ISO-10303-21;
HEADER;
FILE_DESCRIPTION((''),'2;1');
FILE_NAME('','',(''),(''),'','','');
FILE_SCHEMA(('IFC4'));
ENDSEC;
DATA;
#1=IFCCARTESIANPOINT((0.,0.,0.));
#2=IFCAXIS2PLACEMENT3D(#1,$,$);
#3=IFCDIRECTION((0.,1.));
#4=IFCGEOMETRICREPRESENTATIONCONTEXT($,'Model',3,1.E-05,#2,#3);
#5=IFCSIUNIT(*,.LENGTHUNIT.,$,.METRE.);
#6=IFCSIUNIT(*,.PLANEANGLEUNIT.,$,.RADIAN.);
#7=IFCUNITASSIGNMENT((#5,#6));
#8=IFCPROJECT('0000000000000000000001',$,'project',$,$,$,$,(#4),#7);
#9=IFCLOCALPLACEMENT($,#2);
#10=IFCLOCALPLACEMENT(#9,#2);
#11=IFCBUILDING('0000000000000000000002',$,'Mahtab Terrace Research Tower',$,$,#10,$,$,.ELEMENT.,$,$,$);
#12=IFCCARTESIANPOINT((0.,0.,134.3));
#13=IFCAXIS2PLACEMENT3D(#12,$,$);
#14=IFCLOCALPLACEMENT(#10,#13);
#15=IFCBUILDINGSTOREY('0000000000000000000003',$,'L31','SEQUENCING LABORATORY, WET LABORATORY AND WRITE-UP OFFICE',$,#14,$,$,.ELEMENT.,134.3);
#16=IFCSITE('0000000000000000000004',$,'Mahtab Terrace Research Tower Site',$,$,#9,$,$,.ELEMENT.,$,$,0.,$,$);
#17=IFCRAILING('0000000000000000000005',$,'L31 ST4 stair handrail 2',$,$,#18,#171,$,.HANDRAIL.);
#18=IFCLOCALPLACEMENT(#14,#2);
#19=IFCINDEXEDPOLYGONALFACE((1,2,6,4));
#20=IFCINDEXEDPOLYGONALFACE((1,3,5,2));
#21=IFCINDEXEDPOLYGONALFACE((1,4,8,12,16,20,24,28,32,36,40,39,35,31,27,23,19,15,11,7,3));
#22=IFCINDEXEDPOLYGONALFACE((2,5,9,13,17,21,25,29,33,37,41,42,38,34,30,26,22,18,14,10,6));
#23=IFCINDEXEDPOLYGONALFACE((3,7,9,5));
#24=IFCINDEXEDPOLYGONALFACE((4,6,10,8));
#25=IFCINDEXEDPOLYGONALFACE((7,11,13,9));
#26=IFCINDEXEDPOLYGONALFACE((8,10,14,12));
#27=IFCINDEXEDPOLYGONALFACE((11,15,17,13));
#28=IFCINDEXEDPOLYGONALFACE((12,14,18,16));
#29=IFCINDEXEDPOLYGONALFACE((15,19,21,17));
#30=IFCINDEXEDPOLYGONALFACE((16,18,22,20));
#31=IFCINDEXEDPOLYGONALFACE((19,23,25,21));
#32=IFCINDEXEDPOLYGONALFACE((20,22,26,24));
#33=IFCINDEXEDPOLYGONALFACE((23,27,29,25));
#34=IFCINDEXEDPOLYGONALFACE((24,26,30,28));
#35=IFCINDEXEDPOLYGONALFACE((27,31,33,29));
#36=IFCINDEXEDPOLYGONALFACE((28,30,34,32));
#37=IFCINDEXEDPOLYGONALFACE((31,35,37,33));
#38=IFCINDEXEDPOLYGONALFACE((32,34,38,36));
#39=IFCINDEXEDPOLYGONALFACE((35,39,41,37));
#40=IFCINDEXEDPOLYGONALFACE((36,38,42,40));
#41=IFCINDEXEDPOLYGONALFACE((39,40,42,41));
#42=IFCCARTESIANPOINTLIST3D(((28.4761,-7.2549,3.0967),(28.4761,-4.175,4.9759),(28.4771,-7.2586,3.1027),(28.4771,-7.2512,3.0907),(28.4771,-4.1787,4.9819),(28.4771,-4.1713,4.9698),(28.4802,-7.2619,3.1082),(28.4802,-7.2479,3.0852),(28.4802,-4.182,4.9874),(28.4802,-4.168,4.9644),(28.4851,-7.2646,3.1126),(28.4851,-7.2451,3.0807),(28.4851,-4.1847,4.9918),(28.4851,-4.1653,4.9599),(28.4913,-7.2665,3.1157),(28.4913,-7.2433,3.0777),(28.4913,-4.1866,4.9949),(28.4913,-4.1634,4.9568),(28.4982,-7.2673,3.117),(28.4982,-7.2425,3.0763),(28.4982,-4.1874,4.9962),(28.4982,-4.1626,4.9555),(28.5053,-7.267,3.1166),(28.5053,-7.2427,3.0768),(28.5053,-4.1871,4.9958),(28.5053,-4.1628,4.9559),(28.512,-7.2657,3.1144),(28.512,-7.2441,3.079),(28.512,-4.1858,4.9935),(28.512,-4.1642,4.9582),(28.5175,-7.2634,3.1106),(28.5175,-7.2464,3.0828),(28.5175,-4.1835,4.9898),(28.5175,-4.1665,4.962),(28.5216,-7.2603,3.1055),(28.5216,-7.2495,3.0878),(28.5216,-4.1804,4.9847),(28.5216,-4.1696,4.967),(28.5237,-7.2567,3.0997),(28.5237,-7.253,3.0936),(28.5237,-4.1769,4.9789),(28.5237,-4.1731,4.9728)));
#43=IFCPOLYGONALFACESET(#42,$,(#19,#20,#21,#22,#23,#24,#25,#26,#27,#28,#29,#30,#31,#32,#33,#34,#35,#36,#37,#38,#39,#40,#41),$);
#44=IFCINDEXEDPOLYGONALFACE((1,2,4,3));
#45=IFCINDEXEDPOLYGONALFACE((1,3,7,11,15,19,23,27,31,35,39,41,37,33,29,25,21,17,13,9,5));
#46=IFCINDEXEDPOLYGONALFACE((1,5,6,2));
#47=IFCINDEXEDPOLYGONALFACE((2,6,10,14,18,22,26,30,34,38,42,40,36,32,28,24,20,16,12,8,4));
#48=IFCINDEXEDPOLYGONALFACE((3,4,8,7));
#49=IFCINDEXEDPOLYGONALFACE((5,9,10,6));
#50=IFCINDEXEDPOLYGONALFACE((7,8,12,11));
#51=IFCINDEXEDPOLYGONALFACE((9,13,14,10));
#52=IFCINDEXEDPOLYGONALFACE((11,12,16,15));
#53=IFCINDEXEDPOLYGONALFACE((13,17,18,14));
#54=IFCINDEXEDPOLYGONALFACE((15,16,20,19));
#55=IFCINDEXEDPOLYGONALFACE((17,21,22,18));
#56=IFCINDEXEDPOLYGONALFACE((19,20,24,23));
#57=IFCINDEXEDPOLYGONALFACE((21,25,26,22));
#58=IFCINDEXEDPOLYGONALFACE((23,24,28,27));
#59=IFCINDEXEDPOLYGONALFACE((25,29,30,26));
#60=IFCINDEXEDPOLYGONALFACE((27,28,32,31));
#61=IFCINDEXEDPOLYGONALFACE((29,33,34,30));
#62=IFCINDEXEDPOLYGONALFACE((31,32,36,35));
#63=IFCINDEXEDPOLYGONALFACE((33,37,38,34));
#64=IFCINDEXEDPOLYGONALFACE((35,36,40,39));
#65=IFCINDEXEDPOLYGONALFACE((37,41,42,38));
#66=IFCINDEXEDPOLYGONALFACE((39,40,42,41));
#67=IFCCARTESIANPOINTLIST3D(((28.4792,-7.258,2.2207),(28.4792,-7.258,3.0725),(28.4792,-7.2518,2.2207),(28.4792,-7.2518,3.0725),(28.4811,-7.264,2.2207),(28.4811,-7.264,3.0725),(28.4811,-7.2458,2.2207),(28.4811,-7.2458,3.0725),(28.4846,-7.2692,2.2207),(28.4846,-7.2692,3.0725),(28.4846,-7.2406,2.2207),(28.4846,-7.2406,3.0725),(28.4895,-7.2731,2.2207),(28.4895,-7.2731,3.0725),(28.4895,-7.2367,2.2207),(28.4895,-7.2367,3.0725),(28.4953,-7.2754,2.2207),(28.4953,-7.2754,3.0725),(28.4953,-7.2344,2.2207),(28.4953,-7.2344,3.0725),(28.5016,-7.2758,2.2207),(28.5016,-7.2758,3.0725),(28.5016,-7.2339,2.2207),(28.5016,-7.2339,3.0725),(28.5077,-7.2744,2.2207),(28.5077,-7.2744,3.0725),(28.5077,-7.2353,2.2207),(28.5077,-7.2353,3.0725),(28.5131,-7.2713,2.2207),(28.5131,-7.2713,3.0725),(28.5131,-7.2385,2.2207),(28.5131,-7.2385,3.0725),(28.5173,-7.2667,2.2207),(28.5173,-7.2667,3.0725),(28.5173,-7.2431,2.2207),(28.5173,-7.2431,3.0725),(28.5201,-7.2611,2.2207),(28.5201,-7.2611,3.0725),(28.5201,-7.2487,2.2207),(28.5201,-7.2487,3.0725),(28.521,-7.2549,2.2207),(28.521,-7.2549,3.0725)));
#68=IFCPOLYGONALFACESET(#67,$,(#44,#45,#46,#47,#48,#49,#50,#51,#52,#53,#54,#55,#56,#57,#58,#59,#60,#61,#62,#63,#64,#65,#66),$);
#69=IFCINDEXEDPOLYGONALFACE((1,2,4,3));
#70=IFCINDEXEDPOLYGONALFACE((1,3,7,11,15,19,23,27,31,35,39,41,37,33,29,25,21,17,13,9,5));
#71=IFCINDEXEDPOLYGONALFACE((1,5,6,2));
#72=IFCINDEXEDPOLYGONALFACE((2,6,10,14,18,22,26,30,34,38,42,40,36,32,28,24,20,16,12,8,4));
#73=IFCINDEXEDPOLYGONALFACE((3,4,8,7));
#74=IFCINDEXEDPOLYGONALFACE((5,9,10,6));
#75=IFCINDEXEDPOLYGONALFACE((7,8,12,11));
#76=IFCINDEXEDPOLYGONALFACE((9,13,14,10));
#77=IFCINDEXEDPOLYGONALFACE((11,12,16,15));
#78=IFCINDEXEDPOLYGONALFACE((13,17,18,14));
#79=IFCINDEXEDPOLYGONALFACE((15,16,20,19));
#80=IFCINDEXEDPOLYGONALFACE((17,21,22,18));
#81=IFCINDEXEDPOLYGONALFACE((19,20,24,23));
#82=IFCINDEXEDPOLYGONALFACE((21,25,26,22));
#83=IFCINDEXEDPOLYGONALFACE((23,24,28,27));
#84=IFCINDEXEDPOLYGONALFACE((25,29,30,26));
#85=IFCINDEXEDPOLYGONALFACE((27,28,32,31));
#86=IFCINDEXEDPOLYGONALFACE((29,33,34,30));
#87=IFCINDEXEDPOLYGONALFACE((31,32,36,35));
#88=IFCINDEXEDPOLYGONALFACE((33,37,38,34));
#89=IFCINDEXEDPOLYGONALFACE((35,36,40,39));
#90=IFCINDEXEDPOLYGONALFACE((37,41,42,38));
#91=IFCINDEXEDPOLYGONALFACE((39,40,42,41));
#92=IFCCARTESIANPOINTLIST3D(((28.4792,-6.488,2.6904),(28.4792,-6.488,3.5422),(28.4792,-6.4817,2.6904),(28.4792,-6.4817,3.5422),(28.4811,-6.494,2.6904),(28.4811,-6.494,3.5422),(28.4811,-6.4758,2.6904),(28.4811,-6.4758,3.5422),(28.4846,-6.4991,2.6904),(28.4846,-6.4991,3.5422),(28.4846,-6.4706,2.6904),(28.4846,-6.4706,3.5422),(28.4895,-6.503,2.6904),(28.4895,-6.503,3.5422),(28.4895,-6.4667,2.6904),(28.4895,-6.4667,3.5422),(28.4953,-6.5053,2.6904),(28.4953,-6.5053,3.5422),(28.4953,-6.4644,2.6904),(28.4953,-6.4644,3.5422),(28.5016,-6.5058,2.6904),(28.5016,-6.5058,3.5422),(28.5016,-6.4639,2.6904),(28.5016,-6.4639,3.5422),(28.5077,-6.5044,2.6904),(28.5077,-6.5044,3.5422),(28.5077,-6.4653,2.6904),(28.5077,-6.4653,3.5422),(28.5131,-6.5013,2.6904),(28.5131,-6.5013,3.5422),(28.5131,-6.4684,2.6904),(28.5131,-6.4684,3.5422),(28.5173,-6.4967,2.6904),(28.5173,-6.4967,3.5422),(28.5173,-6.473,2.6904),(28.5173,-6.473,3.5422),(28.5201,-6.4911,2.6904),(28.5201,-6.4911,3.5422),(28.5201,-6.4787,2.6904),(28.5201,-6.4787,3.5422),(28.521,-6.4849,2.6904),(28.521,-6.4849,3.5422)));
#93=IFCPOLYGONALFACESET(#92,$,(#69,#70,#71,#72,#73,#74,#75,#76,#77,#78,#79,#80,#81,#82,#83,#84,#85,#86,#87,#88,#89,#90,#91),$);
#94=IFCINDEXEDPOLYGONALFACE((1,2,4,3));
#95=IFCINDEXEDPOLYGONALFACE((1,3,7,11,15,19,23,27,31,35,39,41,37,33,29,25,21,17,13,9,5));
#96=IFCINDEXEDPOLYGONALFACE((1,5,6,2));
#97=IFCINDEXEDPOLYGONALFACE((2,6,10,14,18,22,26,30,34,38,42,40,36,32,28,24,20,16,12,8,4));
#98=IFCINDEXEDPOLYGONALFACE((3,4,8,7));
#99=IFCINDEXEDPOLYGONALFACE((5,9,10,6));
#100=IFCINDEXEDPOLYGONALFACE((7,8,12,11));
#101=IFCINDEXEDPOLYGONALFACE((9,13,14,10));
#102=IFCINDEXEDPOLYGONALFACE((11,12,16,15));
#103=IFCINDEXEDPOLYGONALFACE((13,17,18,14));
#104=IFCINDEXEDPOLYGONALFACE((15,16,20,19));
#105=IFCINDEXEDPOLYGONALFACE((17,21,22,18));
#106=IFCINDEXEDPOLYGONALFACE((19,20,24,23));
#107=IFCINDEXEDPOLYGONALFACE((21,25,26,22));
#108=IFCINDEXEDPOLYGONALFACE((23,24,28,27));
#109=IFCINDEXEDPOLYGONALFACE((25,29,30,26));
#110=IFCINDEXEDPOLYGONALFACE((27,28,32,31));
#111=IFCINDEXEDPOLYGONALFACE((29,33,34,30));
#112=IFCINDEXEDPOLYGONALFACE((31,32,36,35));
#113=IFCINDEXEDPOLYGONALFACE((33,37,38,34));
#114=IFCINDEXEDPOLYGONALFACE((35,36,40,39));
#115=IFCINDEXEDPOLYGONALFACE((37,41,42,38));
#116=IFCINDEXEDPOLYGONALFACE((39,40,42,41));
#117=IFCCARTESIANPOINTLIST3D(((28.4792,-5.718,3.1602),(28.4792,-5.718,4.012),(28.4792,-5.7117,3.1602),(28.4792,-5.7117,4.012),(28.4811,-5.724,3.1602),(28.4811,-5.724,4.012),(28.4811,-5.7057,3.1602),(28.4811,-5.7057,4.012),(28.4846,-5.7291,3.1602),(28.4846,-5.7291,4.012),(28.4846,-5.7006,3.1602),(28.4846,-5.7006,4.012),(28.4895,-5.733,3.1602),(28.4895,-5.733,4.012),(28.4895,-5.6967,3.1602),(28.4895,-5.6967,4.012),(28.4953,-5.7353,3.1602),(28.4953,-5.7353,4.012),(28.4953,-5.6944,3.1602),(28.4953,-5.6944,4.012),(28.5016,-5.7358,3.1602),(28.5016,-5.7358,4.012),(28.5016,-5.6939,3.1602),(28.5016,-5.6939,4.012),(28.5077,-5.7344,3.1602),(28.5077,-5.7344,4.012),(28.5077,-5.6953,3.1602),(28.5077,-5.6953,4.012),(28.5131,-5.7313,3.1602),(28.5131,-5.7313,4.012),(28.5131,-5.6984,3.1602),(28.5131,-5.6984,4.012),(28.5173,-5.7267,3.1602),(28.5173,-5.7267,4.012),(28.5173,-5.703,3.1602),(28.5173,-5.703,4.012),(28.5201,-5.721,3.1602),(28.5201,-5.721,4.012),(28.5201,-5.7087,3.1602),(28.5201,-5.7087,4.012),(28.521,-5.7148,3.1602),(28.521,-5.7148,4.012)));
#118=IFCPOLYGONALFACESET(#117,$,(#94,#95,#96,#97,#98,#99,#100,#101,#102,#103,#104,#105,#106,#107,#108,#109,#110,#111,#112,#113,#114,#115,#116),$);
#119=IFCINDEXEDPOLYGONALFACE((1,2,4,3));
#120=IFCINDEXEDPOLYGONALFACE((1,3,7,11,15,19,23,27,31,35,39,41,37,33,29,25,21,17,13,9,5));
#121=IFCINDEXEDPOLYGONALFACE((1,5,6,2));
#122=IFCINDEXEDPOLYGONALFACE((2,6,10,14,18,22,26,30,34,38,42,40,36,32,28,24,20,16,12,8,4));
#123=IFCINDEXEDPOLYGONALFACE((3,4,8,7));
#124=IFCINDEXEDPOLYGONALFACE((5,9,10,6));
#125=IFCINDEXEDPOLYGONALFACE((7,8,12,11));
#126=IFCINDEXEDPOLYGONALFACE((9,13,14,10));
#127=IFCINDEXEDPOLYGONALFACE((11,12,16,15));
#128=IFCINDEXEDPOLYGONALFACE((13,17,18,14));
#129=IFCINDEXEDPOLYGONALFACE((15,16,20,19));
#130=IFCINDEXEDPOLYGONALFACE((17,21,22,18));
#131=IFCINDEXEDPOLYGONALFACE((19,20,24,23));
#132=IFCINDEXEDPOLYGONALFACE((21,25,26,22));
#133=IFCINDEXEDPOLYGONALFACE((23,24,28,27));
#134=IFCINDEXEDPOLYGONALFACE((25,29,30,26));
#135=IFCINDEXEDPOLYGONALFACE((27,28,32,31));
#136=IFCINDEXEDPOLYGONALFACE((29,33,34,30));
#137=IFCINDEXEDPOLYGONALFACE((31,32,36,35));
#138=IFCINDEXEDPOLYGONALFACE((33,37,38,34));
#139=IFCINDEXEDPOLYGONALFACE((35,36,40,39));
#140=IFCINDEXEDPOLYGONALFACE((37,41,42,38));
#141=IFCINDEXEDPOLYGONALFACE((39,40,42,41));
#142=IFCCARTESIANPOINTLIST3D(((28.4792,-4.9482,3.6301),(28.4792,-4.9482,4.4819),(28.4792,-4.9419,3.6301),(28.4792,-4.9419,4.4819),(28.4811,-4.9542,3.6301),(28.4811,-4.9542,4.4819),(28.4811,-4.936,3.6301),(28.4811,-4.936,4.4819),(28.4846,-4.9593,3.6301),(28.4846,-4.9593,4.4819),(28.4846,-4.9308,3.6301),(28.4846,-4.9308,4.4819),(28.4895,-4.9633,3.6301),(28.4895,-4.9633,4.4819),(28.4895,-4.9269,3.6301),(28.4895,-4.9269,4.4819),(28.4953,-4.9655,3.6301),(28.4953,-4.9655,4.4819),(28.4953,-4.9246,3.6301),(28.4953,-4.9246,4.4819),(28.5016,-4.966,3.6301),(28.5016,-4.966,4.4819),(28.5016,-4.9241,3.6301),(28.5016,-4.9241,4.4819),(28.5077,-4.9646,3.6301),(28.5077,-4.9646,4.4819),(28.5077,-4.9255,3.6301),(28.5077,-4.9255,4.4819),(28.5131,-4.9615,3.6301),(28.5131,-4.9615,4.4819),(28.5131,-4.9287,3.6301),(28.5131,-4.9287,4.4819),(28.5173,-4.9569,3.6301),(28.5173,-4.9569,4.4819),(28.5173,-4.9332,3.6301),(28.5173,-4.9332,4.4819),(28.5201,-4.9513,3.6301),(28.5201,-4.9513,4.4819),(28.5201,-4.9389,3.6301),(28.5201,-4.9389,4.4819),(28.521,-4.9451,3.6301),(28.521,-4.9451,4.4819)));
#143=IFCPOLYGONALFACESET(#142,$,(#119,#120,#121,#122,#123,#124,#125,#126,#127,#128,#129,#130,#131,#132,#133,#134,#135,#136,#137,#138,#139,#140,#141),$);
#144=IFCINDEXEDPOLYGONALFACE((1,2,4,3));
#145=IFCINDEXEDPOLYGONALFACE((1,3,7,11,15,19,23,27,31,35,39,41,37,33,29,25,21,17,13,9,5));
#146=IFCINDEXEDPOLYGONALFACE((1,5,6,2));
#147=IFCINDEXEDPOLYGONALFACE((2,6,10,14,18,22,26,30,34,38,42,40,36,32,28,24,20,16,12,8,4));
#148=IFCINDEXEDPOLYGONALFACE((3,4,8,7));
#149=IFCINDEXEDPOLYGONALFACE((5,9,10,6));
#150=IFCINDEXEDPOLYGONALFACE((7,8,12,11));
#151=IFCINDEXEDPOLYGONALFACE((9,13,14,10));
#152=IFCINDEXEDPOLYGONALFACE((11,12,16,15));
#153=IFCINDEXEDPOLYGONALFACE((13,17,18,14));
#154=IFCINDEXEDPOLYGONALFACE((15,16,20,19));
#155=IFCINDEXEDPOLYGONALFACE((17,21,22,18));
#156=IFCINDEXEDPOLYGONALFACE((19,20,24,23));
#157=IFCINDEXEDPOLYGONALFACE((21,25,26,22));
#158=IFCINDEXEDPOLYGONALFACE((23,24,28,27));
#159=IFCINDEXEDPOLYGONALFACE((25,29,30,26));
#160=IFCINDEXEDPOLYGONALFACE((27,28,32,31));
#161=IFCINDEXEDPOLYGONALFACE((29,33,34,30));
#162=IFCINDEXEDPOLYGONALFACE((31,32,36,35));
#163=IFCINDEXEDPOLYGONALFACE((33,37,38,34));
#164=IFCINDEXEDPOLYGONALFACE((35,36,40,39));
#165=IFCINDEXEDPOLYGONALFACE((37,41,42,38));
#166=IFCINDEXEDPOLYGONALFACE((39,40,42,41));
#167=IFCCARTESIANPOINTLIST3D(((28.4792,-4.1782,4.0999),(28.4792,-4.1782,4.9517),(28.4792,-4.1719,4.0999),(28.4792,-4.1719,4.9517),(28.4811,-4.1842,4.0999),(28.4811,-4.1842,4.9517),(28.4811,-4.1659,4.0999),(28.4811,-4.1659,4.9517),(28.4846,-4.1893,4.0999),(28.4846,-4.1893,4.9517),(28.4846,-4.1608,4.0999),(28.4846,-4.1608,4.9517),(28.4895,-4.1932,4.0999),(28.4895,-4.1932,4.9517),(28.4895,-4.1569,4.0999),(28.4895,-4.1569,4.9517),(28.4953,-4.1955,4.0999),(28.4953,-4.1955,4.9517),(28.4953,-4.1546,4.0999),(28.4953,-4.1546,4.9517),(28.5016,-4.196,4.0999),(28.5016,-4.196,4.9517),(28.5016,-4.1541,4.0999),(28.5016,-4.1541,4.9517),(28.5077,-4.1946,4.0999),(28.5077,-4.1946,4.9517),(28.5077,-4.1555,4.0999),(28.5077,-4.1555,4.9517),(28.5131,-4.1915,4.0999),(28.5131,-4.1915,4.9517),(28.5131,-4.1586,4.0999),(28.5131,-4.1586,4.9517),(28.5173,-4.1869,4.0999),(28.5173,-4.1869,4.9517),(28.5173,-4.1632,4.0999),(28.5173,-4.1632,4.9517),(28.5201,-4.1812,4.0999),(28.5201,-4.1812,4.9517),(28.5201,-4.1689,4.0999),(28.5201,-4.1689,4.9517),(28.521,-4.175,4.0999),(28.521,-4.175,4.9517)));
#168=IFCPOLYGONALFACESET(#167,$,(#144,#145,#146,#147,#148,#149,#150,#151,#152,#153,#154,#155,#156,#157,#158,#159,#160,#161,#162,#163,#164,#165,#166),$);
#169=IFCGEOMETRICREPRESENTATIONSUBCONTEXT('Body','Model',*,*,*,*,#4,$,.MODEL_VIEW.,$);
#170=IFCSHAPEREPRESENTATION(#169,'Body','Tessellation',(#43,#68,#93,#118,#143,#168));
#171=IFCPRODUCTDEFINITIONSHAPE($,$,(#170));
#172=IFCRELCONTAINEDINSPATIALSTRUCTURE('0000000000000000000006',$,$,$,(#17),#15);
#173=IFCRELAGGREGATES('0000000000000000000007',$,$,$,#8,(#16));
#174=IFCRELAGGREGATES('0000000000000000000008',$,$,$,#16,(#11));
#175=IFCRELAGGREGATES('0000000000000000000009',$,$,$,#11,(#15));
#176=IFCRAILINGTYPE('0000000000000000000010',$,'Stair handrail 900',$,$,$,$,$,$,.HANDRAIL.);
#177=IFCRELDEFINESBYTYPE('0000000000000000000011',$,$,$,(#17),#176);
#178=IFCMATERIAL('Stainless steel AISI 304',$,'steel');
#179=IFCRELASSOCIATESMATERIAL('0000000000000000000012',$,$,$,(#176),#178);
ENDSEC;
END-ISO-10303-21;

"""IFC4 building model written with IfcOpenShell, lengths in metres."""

from ifc_helpers import new_model, si_unit, direction, frame, origin, origin_2d, place, context, subcontext, project, spatial, circle, extrude, material, type_object, element, save


model = new_model("IFC4")

# Units and contexts
model_context = context("Model", 3, precision=1e-05, world=origin(), true_north=direction((0.0, 1.0)))
body_context = subcontext(model_context, "Body", "Model", "MODEL_VIEW")
ifc_project = project(units=[si_unit("LENGTHUNIT", "METRE"), si_unit("PLANEANGLEUNIT", "RADIAN")], contexts=[model_context])

# Site, building, storey
site_placement = place(None, origin())
site = spatial("IfcSite", under=ifc_project, at=site_placement, Name="Mahtab Terrace Research Tower Site", CompositionType="ELEMENT", RefElevation=0.0)
building_placement = place(site_placement, origin())
building = spatial("IfcBuilding", under=site, at=building_placement, Name="Mahtab Terrace Research Tower", CompositionType="ELEMENT")
storey_placement = place(building_placement, frame((0.0, 0.0, 134.3)))
storey = spatial("IfcBuildingStorey", under=building, at=storey_placement, Name="L31", Description="SEQUENCING LABORATORY, WET LABORATORY AND WRITE-UP OFFICE", CompositionType="ELEMENT", Elevation=134.3)

# Railing
ifc_material_1 = material(Name="Stainless steel AISI 304", Category="steel")
railing_type_1 = type_object("IfcRailingType", Name="Stair handrail 900", PredefinedType="HANDRAIL", material=ifc_material_1)
railing_1_placement = place(storey_placement, frame((28.5, -7.2549, 2.2207)))
element("IfcRailing", 1, at=railing_1_placement, inside=storey, type_object=railing_type_1, Name="L31 ST4 stair handrail 2", PredefinedType="HANDRAIL", context=body_context, shape_type="SweptSolid", body=[
    extrude(circle(Radius=0.0239, at=origin_2d()), frame((0.0, 0.0, 0.876), z_axis=(0.0, 0.853648, 0.52085), x_axis=(-1.0, 0.0, 0.0)), (0.0, 0.0, 1.0), 3.6079),
    extrude(circle(Radius=0.021, at=origin_2d()), origin(), (0.0, 0.0, 1.0), 0.8518),
    extrude(circle(Radius=0.021, at=origin_2d()), frame((0.0, 0.77, 0.4697)), (0.0, 0.0, 1.0), 0.8518),
    extrude(circle(Radius=0.021, at=origin_2d()), frame((0.0, 1.54, 0.9395)), (0.0, 0.0, 1.0), 0.8518),
    extrude(circle(Radius=0.021, at=origin_2d()), frame((0.0, 2.3098, 1.4094)), (0.0, 0.0, 1.0), 0.8518),
    extrude(circle(Radius=0.021, at=origin_2d()), frame((0.0, 3.0798, 1.8792)), (0.0, 0.0, 1.0), 0.8518),
])

save(model, "model.ifc")
